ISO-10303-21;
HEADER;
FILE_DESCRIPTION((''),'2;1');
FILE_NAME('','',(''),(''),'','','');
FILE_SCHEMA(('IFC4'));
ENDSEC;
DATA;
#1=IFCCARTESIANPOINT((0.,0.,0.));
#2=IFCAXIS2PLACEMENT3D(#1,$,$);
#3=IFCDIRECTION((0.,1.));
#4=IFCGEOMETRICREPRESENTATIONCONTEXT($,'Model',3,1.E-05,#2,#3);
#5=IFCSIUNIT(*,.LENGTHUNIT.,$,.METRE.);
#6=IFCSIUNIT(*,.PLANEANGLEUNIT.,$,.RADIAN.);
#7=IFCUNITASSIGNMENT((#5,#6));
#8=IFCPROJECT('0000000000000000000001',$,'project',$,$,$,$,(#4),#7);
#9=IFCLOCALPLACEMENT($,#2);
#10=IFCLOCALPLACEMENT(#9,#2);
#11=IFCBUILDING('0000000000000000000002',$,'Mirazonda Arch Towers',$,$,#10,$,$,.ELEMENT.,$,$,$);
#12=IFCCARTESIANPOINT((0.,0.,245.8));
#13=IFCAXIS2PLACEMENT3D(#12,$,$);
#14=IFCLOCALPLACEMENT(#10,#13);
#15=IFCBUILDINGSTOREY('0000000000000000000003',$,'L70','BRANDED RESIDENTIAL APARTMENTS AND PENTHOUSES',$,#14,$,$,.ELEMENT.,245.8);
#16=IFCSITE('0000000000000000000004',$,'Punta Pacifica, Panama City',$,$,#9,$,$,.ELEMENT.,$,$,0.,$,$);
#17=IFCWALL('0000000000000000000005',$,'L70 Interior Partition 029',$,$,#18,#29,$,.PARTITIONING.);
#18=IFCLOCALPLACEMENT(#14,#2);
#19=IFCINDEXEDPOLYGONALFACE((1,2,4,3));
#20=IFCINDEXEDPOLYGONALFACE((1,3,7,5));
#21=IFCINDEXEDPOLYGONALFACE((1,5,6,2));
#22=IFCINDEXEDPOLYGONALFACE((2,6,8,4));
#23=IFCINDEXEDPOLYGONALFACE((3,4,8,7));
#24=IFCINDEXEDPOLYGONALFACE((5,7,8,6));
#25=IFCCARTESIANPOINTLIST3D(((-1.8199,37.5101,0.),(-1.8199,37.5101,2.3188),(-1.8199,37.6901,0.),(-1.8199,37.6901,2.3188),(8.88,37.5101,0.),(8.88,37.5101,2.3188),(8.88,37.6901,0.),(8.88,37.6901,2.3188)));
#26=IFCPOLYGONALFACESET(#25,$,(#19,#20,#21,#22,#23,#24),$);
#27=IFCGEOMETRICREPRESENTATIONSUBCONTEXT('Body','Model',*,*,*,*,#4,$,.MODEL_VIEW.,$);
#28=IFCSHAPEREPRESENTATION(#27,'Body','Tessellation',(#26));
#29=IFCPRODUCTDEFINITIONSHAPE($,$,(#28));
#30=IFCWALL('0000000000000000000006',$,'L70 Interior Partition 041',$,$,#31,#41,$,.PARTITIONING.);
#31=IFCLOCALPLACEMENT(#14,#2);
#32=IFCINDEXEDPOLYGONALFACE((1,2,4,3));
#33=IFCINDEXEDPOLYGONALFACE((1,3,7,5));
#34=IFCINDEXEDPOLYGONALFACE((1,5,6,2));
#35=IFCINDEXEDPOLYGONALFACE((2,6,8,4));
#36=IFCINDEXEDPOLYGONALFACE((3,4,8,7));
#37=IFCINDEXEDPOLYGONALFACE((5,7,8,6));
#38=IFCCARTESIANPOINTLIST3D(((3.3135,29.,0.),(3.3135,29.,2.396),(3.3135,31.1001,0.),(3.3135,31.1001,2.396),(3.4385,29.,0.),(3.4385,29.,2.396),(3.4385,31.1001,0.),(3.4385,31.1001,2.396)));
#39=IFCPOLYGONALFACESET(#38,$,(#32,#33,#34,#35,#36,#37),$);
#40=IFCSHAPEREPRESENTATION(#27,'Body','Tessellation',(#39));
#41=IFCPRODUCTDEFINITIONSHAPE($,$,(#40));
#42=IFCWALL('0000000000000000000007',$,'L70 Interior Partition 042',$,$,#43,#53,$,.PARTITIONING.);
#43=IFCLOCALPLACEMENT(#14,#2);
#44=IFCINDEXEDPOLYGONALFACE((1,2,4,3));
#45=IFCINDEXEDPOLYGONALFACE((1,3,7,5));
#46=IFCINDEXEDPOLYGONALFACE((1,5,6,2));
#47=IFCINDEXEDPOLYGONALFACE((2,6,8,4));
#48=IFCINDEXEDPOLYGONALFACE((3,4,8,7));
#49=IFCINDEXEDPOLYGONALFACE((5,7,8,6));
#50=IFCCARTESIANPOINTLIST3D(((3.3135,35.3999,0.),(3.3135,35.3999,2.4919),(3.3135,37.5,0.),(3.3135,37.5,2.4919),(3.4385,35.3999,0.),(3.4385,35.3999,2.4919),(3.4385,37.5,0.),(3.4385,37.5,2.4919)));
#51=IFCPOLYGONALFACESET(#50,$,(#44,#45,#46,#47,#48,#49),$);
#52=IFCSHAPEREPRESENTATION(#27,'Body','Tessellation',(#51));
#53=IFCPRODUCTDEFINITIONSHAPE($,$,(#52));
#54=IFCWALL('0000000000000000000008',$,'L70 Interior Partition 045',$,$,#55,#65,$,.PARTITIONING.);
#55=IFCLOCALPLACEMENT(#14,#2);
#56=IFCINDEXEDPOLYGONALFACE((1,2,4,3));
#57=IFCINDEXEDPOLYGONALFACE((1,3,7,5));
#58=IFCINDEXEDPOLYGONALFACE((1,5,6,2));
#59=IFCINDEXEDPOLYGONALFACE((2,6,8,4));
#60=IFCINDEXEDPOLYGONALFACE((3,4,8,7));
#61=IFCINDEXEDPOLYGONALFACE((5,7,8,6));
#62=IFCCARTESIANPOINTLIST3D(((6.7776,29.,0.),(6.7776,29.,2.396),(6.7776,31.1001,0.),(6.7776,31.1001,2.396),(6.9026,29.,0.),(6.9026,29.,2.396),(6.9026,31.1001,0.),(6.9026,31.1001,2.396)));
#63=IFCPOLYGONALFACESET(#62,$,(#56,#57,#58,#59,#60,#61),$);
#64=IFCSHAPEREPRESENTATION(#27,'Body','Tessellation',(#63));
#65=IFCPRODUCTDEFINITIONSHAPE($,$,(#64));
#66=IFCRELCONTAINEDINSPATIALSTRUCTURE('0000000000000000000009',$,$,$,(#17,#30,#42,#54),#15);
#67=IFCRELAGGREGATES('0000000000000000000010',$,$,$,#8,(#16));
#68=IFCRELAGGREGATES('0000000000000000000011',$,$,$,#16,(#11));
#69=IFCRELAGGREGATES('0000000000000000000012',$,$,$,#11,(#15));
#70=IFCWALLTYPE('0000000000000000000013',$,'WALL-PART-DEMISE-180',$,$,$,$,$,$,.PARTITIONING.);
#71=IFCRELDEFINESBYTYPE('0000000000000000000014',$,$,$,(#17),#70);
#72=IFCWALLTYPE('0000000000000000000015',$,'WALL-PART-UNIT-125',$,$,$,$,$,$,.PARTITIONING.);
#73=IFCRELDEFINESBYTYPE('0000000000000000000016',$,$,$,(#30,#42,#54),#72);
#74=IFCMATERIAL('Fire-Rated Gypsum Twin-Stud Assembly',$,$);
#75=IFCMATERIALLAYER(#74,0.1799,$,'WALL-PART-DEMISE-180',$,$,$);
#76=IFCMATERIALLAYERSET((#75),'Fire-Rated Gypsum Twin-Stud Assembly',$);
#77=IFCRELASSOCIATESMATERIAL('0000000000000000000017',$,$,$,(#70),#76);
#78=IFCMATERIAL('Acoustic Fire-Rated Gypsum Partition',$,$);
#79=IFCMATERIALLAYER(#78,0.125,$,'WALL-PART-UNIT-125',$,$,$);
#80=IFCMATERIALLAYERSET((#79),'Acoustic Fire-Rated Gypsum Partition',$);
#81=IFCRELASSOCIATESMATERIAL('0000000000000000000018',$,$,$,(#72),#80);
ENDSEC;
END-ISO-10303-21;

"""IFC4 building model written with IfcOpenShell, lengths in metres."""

from ifc_helpers import new_model, si_unit, direction, frame, frame_2d, origin, place, context, subcontext, project, spatial, rectangle, extrude, material, layer, layer_set, type_object, element, save


model = new_model("IFC4")

# Units and contexts
model_context = context("Model", 3, precision=1e-05, world=origin(), true_north=direction((0.0, 1.0)))
body_context = subcontext(model_context, "Body", "Model", "MODEL_VIEW")
ifc_project = project(units=[si_unit("LENGTHUNIT", "METRE"), si_unit("PLANEANGLEUNIT", "RADIAN")], contexts=[model_context])

# Site, building, storey
site_placement = place(None, origin())
site = spatial("IfcSite", under=ifc_project, at=site_placement, Name="Punta Pacifica, Panama City", CompositionType="ELEMENT", RefElevation=0.0)
building_placement = place(site_placement, origin())
building = spatial("IfcBuilding", under=site, at=building_placement, Name="Mirazonda Arch Towers", CompositionType="ELEMENT")
storey_placement = place(building_placement, frame((0.0, 0.0, 245.8)))
storey = spatial("IfcBuildingStorey", under=building, at=storey_placement, Name="L70", Description="BRANDED RESIDENTIAL APARTMENTS AND PENTHOUSES", CompositionType="ELEMENT", Elevation=245.8)

# Shared definitions
ifc_material_1 = material(Name="Fire-Rated Gypsum Twin-Stud Assembly")
ifc_layer_1 = layer(ifc_material_1, 0.1799, Name="WALL-PART-DEMISE-180")
ifc_layer_set_1 = layer_set([ifc_layer_1], Name="Fire-Rated Gypsum Twin-Stud Assembly")
wall_type_1 = type_object("IfcWallType", Name="WALL-PART-DEMISE-180", PredefinedType="PARTITIONING", material=ifc_layer_set_1)

# Walls
wall_1_placement = place(storey_placement, frame((-1.8201, 37.6001, 0.0), z_axis=(0.0, 0.0, 1.0), x_axis=(1.0, 0.0, 0.0)))
element("IfcWall", 1, at=wall_1_placement, inside=storey, type_object=wall_type_1, Name="L70 Interior Partition 029", PredefinedType="PARTITIONING", context=body_context, shape_type="SweptSolid", body=[
    extrude(rectangle(XDim=10.7, YDim=0.1799, at=frame_2d((5.3501, 0.0))), origin(), (0.0, 0.0, 1.0), 2.3188),
])
ifc_material_2 = material(Name="Acoustic Fire-Rated Gypsum Partition")
ifc_layer_2 = layer(ifc_material_2, 0.125, Name="WALL-PART-UNIT-125")
ifc_layer_set_2 = layer_set([ifc_layer_2], Name="Acoustic Fire-Rated Gypsum Partition")
wall_type_2 = type_object("IfcWallType", Name="WALL-PART-UNIT-125", PredefinedType="PARTITIONING", material=ifc_layer_set_2)
wall_2_placement = place(storey_placement, frame((3.376, 29.0, 0.0), z_axis=(0.0, 0.0, 1.0), x_axis=(0.0, 1.0, 0.0)))
element("IfcWall", 2, at=wall_2_placement, inside=storey, type_object=wall_type_2, Name="L70 Interior Partition 041", PredefinedType="PARTITIONING", context=body_context, shape_type="SweptSolid", body=[
    extrude(rectangle(XDim=2.1001, YDim=0.125, at=frame_2d((1.05, 0.0))), origin(), (0.0, 0.0, 1.0), 2.396),
])
wall_3_placement = place(storey_placement, frame((3.376, 35.3999, 0.0), z_axis=(0.0, 0.0, 1.0), x_axis=(0.0, 1.0, 0.0)))
element("IfcWall", 3, at=wall_3_placement, inside=storey, type_object=wall_type_2, Name="L70 Interior Partition 042", PredefinedType="PARTITIONING", context=body_context, shape_type="SweptSolid", body=[
    extrude(rectangle(XDim=2.1001, YDim=0.125, at=frame_2d((1.05, 0.0))), origin(), (0.0, 0.0, 1.0), 2.4919),
])
wall_4_placement = place(storey_placement, frame((6.8401, 29.0, 0.0), z_axis=(0.0, 0.0, 1.0), x_axis=(0.0, 1.0, 0.0)))
element("IfcWall", 4, at=wall_4_placement, inside=storey, type_object=wall_type_2, Name="L70 Interior Partition 045", PredefinedType="PARTITIONING", context=body_context, shape_type="SweptSolid", body=[
    extrude(rectangle(XDim=2.1001, YDim=0.125, at=frame_2d((1.05, 0.0))), origin(), (0.0, 0.0, 1.0), 2.396),
])

save(model, "model.ifc")
